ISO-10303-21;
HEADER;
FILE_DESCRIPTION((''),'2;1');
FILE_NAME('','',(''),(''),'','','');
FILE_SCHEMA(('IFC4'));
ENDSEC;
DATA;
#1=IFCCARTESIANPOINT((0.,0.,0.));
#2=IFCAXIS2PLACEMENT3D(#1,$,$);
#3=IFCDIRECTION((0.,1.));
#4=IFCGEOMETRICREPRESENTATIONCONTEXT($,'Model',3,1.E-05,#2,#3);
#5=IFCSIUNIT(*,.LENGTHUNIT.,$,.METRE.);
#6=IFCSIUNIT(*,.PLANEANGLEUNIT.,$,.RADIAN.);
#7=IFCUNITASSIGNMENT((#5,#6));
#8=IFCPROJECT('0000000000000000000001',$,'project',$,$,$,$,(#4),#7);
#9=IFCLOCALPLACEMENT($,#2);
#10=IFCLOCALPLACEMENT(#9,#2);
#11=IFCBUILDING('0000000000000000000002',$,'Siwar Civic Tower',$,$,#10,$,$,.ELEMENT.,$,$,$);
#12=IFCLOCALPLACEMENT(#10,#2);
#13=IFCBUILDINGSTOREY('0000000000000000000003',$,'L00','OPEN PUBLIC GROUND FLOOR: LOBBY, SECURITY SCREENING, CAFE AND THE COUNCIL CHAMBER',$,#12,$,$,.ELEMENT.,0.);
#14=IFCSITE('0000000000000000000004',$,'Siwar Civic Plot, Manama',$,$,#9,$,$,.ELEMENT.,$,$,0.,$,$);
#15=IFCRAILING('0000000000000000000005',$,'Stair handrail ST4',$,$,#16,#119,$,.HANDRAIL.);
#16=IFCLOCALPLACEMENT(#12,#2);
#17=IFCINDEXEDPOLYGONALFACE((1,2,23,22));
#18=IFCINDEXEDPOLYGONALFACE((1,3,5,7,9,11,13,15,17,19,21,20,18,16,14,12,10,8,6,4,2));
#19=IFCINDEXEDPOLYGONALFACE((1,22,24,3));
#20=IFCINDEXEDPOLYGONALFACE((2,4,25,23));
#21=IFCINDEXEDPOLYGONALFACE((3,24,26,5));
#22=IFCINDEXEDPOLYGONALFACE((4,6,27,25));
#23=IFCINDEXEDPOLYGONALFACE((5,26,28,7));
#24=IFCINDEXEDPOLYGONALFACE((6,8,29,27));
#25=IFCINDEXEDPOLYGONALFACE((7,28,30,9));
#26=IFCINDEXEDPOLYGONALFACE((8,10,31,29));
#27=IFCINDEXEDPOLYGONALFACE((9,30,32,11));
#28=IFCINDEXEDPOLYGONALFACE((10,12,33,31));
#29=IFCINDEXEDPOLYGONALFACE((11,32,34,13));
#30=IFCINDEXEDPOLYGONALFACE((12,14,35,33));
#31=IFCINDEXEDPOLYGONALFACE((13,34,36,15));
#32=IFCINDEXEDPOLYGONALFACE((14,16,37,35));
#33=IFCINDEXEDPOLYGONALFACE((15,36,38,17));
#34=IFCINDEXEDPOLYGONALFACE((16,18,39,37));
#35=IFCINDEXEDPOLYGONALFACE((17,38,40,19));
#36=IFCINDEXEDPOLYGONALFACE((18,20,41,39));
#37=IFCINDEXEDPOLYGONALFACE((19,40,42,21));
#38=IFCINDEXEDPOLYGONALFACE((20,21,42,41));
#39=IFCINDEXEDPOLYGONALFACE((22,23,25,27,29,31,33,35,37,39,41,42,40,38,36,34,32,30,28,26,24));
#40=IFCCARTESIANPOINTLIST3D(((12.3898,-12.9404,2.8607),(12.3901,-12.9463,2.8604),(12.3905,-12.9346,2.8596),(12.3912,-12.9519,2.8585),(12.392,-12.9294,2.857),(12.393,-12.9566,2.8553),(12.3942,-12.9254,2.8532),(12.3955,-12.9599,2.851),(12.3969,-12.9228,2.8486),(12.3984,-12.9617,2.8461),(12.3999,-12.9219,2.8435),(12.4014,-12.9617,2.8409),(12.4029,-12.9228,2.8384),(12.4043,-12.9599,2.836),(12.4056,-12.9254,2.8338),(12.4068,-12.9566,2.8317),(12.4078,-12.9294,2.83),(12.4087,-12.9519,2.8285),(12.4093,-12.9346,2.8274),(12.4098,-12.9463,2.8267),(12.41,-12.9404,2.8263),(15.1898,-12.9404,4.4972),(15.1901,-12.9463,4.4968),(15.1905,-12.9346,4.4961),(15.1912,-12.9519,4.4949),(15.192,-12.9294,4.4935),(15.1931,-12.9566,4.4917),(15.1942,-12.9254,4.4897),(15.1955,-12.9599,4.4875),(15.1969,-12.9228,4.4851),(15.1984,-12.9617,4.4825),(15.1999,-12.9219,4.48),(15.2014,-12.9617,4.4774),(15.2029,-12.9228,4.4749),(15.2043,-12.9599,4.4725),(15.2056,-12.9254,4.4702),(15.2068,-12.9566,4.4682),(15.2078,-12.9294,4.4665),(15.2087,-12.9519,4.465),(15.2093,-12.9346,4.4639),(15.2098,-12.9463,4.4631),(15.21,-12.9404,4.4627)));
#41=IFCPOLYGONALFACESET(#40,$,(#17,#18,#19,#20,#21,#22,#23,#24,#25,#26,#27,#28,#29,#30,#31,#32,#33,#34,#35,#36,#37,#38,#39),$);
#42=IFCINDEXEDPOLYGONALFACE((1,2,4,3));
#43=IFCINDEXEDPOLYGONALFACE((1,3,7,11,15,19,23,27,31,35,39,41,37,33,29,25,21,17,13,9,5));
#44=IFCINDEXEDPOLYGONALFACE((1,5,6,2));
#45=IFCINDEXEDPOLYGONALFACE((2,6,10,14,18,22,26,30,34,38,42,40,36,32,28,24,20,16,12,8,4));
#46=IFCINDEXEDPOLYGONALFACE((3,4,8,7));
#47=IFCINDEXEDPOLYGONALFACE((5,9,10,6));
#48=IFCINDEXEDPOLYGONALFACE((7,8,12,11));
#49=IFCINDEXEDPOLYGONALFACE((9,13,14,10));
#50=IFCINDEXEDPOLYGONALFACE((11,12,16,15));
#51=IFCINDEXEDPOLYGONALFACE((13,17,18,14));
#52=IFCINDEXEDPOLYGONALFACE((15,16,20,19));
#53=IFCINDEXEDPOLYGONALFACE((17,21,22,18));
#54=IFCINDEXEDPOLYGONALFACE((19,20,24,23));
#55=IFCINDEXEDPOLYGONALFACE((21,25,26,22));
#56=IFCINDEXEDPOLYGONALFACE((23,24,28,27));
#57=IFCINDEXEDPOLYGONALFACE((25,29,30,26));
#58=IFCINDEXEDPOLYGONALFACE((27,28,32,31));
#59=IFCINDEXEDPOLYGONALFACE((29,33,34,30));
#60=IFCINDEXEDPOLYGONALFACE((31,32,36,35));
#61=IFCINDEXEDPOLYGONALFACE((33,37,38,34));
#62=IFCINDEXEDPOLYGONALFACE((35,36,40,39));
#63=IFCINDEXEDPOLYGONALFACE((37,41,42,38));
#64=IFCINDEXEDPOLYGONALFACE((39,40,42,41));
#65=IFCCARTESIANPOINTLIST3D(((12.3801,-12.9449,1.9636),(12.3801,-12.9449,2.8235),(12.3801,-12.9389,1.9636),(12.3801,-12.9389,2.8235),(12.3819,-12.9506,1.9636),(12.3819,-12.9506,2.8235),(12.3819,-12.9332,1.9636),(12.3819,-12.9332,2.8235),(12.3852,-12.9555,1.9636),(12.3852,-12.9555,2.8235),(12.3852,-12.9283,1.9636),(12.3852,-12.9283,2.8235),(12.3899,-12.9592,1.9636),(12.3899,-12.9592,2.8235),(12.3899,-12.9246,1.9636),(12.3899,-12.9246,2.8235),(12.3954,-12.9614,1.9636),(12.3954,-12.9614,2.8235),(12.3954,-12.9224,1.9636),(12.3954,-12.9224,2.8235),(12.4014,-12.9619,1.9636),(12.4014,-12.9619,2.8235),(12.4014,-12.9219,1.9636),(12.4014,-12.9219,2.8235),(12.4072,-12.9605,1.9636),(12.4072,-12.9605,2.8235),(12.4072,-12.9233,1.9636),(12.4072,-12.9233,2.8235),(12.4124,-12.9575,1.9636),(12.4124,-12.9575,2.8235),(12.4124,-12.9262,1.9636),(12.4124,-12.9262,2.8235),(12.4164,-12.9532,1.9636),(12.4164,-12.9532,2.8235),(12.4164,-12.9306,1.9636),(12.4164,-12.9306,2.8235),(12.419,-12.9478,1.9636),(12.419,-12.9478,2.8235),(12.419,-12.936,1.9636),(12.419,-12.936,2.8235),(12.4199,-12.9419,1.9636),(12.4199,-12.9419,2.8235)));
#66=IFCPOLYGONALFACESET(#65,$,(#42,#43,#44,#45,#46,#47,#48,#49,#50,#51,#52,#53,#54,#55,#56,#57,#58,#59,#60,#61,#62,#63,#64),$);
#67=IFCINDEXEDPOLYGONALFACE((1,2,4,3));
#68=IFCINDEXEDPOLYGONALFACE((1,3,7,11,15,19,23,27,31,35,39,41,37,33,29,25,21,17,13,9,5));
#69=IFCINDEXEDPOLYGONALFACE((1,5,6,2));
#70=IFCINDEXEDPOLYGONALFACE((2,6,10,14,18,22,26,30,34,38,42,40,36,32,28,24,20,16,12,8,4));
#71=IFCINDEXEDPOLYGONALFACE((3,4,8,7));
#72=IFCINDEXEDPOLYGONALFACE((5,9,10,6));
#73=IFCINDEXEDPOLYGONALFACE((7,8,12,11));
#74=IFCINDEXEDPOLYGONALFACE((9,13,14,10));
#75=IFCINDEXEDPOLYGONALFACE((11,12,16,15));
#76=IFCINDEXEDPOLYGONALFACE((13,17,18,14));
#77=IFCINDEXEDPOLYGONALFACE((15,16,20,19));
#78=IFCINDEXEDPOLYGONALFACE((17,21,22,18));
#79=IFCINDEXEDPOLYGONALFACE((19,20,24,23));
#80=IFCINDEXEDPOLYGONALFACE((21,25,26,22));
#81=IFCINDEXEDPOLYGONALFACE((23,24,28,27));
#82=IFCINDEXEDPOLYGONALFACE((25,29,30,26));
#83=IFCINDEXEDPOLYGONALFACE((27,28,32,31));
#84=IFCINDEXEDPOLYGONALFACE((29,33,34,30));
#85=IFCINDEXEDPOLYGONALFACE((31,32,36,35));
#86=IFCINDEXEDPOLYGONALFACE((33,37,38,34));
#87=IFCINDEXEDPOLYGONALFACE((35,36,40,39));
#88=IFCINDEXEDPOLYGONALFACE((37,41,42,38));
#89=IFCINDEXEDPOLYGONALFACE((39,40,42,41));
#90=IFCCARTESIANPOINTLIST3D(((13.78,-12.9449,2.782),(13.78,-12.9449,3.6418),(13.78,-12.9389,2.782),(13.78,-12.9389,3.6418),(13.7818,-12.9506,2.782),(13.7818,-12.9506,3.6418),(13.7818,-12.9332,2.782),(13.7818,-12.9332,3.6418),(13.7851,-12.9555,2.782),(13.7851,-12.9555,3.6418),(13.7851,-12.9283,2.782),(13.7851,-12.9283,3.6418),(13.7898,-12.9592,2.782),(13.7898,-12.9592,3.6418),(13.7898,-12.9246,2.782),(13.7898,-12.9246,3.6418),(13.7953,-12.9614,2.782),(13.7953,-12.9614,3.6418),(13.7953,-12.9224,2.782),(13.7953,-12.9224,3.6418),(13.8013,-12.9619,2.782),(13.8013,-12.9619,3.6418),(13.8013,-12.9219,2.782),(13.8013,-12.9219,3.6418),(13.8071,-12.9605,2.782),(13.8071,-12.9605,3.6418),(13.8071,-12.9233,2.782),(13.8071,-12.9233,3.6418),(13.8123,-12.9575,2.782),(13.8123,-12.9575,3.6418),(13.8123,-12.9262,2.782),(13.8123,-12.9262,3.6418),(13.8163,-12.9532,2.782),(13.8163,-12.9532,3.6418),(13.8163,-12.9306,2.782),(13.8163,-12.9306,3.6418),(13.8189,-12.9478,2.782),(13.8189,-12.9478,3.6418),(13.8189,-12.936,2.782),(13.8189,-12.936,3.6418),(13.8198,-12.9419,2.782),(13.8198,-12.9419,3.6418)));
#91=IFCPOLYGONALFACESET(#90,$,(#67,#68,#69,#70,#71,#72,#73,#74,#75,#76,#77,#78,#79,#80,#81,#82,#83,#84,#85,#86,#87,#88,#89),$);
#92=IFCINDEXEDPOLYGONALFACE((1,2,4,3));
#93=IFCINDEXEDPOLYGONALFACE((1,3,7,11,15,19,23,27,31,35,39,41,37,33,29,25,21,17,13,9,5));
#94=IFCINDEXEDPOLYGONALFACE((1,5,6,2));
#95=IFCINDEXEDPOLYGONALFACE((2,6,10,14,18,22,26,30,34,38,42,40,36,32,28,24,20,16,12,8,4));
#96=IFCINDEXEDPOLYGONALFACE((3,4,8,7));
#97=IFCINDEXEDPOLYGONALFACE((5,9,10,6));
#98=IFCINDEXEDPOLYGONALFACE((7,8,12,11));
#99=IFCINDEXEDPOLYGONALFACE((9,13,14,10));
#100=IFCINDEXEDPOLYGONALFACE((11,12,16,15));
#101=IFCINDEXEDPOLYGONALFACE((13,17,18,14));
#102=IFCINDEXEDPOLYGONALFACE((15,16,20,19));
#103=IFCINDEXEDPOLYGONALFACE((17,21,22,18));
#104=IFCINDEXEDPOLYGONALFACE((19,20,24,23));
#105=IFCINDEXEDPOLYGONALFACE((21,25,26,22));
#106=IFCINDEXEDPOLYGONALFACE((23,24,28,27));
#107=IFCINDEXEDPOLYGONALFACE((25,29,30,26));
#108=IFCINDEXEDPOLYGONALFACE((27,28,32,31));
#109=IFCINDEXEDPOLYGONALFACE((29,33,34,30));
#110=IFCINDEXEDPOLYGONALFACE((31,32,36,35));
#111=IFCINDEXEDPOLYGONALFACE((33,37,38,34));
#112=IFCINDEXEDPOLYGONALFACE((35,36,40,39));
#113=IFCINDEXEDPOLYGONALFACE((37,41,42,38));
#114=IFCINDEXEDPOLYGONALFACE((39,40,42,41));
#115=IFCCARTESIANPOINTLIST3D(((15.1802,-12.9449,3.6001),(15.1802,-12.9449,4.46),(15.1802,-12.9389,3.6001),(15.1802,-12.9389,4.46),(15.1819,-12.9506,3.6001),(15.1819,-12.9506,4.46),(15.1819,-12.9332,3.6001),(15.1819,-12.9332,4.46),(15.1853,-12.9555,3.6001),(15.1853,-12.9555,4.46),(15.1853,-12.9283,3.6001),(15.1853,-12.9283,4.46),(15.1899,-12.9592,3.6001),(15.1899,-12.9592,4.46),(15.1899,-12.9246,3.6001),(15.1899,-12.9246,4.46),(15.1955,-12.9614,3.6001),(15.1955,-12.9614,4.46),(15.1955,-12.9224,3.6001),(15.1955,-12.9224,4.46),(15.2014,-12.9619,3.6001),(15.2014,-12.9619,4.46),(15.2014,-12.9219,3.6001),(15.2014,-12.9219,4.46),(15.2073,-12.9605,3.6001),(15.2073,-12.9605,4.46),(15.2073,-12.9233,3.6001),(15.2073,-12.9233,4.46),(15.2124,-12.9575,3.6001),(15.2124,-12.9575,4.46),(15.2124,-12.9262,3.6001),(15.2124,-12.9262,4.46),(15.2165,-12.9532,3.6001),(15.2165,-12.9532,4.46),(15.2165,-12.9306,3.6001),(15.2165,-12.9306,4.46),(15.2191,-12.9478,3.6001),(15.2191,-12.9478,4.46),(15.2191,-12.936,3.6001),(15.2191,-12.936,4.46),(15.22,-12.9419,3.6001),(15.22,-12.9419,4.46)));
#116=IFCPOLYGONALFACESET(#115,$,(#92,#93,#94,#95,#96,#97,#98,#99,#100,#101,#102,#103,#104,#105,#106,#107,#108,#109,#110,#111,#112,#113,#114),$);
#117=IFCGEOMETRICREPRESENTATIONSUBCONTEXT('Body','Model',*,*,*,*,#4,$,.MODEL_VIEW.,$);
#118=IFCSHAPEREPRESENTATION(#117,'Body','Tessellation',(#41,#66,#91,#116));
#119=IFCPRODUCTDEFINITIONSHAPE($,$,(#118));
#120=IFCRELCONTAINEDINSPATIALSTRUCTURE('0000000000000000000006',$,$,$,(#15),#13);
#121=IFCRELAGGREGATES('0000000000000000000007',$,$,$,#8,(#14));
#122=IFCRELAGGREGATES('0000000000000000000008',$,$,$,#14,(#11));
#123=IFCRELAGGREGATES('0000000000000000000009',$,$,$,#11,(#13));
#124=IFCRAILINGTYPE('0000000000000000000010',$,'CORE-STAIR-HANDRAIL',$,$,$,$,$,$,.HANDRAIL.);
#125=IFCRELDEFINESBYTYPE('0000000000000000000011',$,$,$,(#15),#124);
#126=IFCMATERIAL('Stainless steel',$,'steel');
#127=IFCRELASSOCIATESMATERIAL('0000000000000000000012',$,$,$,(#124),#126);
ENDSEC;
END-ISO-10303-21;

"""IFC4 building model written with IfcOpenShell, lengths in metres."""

from ifc_helpers import new_model, si_unit, direction, frame, origin, origin_2d, place, context, subcontext, project, spatial, circle, extrude, material, type_object, element, save


model = new_model("IFC4")

# Units and contexts
model_context = context("Model", 3, precision=1e-05, world=origin(), true_north=direction((0.0, 1.0)))
body_context = subcontext(model_context, "Body", "Model", "MODEL_VIEW")
ifc_project = project(units=[si_unit("LENGTHUNIT", "METRE"), si_unit("PLANEANGLEUNIT", "RADIAN")], contexts=[model_context])

# Site, building, storey
site_placement = place(None, origin())
site = spatial("IfcSite", under=ifc_project, at=site_placement, Name="Siwar Civic Plot, Manama", CompositionType="ELEMENT", RefElevation=0.0)
building_placement = place(site_placement, origin())
building = spatial("IfcBuilding", under=site, at=building_placement, Name="Siwar Civic Tower", CompositionType="ELEMENT")
storey_placement = place(building_placement, origin())
storey = spatial("IfcBuildingStorey", under=building, at=storey_placement, Name="L00", Description="OPEN PUBLIC GROUND FLOOR: LOBBY, SECURITY SCREENING, CAFE AND THE COUNCIL CHAMBER", CompositionType="ELEMENT", Elevation=0.0)

# Railing
ifc_material_1 = material(Name="Stainless steel", Category="steel")
railing_type = type_object("IfcRailingType", Name="CORE-STAIR-HANDRAIL", PredefinedType="HANDRAIL", material=ifc_material_1)
railing_1_placement = place(storey_placement, frame((12.3999, -12.9419, 1.9636)))
element("IfcRailing", 1, at=railing_1_placement, inside=storey, type_object=railing_type, Name="Stair handrail ST4", PredefinedType="HANDRAIL", context=body_context, shape_type="SweptSolid", body=[
    extrude(circle(Radius=0.02, at=origin_2d()), frame((0.0, 0.0, 0.8799), z_axis=(0.863361, 0.0, 0.504587), x_axis=(0.0, 1.0, 0.0)), (0.0, 0.0, 1.0), 3.2432),
    extrude(circle(Radius=0.02, at=origin_2d()), origin(), (0.0, 0.0, 1.0), 0.8599),
    extrude(circle(Radius=0.02, at=origin_2d()), frame((1.3999, 0.0, 0.8184)), (0.0, 0.0, 1.0), 0.8599),
    extrude(circle(Radius=0.02, at=origin_2d()), frame((2.8, 0.0, 1.6365)), (0.0, 0.0, 1.0), 0.8599),
])

save(model, "model.ifc")
